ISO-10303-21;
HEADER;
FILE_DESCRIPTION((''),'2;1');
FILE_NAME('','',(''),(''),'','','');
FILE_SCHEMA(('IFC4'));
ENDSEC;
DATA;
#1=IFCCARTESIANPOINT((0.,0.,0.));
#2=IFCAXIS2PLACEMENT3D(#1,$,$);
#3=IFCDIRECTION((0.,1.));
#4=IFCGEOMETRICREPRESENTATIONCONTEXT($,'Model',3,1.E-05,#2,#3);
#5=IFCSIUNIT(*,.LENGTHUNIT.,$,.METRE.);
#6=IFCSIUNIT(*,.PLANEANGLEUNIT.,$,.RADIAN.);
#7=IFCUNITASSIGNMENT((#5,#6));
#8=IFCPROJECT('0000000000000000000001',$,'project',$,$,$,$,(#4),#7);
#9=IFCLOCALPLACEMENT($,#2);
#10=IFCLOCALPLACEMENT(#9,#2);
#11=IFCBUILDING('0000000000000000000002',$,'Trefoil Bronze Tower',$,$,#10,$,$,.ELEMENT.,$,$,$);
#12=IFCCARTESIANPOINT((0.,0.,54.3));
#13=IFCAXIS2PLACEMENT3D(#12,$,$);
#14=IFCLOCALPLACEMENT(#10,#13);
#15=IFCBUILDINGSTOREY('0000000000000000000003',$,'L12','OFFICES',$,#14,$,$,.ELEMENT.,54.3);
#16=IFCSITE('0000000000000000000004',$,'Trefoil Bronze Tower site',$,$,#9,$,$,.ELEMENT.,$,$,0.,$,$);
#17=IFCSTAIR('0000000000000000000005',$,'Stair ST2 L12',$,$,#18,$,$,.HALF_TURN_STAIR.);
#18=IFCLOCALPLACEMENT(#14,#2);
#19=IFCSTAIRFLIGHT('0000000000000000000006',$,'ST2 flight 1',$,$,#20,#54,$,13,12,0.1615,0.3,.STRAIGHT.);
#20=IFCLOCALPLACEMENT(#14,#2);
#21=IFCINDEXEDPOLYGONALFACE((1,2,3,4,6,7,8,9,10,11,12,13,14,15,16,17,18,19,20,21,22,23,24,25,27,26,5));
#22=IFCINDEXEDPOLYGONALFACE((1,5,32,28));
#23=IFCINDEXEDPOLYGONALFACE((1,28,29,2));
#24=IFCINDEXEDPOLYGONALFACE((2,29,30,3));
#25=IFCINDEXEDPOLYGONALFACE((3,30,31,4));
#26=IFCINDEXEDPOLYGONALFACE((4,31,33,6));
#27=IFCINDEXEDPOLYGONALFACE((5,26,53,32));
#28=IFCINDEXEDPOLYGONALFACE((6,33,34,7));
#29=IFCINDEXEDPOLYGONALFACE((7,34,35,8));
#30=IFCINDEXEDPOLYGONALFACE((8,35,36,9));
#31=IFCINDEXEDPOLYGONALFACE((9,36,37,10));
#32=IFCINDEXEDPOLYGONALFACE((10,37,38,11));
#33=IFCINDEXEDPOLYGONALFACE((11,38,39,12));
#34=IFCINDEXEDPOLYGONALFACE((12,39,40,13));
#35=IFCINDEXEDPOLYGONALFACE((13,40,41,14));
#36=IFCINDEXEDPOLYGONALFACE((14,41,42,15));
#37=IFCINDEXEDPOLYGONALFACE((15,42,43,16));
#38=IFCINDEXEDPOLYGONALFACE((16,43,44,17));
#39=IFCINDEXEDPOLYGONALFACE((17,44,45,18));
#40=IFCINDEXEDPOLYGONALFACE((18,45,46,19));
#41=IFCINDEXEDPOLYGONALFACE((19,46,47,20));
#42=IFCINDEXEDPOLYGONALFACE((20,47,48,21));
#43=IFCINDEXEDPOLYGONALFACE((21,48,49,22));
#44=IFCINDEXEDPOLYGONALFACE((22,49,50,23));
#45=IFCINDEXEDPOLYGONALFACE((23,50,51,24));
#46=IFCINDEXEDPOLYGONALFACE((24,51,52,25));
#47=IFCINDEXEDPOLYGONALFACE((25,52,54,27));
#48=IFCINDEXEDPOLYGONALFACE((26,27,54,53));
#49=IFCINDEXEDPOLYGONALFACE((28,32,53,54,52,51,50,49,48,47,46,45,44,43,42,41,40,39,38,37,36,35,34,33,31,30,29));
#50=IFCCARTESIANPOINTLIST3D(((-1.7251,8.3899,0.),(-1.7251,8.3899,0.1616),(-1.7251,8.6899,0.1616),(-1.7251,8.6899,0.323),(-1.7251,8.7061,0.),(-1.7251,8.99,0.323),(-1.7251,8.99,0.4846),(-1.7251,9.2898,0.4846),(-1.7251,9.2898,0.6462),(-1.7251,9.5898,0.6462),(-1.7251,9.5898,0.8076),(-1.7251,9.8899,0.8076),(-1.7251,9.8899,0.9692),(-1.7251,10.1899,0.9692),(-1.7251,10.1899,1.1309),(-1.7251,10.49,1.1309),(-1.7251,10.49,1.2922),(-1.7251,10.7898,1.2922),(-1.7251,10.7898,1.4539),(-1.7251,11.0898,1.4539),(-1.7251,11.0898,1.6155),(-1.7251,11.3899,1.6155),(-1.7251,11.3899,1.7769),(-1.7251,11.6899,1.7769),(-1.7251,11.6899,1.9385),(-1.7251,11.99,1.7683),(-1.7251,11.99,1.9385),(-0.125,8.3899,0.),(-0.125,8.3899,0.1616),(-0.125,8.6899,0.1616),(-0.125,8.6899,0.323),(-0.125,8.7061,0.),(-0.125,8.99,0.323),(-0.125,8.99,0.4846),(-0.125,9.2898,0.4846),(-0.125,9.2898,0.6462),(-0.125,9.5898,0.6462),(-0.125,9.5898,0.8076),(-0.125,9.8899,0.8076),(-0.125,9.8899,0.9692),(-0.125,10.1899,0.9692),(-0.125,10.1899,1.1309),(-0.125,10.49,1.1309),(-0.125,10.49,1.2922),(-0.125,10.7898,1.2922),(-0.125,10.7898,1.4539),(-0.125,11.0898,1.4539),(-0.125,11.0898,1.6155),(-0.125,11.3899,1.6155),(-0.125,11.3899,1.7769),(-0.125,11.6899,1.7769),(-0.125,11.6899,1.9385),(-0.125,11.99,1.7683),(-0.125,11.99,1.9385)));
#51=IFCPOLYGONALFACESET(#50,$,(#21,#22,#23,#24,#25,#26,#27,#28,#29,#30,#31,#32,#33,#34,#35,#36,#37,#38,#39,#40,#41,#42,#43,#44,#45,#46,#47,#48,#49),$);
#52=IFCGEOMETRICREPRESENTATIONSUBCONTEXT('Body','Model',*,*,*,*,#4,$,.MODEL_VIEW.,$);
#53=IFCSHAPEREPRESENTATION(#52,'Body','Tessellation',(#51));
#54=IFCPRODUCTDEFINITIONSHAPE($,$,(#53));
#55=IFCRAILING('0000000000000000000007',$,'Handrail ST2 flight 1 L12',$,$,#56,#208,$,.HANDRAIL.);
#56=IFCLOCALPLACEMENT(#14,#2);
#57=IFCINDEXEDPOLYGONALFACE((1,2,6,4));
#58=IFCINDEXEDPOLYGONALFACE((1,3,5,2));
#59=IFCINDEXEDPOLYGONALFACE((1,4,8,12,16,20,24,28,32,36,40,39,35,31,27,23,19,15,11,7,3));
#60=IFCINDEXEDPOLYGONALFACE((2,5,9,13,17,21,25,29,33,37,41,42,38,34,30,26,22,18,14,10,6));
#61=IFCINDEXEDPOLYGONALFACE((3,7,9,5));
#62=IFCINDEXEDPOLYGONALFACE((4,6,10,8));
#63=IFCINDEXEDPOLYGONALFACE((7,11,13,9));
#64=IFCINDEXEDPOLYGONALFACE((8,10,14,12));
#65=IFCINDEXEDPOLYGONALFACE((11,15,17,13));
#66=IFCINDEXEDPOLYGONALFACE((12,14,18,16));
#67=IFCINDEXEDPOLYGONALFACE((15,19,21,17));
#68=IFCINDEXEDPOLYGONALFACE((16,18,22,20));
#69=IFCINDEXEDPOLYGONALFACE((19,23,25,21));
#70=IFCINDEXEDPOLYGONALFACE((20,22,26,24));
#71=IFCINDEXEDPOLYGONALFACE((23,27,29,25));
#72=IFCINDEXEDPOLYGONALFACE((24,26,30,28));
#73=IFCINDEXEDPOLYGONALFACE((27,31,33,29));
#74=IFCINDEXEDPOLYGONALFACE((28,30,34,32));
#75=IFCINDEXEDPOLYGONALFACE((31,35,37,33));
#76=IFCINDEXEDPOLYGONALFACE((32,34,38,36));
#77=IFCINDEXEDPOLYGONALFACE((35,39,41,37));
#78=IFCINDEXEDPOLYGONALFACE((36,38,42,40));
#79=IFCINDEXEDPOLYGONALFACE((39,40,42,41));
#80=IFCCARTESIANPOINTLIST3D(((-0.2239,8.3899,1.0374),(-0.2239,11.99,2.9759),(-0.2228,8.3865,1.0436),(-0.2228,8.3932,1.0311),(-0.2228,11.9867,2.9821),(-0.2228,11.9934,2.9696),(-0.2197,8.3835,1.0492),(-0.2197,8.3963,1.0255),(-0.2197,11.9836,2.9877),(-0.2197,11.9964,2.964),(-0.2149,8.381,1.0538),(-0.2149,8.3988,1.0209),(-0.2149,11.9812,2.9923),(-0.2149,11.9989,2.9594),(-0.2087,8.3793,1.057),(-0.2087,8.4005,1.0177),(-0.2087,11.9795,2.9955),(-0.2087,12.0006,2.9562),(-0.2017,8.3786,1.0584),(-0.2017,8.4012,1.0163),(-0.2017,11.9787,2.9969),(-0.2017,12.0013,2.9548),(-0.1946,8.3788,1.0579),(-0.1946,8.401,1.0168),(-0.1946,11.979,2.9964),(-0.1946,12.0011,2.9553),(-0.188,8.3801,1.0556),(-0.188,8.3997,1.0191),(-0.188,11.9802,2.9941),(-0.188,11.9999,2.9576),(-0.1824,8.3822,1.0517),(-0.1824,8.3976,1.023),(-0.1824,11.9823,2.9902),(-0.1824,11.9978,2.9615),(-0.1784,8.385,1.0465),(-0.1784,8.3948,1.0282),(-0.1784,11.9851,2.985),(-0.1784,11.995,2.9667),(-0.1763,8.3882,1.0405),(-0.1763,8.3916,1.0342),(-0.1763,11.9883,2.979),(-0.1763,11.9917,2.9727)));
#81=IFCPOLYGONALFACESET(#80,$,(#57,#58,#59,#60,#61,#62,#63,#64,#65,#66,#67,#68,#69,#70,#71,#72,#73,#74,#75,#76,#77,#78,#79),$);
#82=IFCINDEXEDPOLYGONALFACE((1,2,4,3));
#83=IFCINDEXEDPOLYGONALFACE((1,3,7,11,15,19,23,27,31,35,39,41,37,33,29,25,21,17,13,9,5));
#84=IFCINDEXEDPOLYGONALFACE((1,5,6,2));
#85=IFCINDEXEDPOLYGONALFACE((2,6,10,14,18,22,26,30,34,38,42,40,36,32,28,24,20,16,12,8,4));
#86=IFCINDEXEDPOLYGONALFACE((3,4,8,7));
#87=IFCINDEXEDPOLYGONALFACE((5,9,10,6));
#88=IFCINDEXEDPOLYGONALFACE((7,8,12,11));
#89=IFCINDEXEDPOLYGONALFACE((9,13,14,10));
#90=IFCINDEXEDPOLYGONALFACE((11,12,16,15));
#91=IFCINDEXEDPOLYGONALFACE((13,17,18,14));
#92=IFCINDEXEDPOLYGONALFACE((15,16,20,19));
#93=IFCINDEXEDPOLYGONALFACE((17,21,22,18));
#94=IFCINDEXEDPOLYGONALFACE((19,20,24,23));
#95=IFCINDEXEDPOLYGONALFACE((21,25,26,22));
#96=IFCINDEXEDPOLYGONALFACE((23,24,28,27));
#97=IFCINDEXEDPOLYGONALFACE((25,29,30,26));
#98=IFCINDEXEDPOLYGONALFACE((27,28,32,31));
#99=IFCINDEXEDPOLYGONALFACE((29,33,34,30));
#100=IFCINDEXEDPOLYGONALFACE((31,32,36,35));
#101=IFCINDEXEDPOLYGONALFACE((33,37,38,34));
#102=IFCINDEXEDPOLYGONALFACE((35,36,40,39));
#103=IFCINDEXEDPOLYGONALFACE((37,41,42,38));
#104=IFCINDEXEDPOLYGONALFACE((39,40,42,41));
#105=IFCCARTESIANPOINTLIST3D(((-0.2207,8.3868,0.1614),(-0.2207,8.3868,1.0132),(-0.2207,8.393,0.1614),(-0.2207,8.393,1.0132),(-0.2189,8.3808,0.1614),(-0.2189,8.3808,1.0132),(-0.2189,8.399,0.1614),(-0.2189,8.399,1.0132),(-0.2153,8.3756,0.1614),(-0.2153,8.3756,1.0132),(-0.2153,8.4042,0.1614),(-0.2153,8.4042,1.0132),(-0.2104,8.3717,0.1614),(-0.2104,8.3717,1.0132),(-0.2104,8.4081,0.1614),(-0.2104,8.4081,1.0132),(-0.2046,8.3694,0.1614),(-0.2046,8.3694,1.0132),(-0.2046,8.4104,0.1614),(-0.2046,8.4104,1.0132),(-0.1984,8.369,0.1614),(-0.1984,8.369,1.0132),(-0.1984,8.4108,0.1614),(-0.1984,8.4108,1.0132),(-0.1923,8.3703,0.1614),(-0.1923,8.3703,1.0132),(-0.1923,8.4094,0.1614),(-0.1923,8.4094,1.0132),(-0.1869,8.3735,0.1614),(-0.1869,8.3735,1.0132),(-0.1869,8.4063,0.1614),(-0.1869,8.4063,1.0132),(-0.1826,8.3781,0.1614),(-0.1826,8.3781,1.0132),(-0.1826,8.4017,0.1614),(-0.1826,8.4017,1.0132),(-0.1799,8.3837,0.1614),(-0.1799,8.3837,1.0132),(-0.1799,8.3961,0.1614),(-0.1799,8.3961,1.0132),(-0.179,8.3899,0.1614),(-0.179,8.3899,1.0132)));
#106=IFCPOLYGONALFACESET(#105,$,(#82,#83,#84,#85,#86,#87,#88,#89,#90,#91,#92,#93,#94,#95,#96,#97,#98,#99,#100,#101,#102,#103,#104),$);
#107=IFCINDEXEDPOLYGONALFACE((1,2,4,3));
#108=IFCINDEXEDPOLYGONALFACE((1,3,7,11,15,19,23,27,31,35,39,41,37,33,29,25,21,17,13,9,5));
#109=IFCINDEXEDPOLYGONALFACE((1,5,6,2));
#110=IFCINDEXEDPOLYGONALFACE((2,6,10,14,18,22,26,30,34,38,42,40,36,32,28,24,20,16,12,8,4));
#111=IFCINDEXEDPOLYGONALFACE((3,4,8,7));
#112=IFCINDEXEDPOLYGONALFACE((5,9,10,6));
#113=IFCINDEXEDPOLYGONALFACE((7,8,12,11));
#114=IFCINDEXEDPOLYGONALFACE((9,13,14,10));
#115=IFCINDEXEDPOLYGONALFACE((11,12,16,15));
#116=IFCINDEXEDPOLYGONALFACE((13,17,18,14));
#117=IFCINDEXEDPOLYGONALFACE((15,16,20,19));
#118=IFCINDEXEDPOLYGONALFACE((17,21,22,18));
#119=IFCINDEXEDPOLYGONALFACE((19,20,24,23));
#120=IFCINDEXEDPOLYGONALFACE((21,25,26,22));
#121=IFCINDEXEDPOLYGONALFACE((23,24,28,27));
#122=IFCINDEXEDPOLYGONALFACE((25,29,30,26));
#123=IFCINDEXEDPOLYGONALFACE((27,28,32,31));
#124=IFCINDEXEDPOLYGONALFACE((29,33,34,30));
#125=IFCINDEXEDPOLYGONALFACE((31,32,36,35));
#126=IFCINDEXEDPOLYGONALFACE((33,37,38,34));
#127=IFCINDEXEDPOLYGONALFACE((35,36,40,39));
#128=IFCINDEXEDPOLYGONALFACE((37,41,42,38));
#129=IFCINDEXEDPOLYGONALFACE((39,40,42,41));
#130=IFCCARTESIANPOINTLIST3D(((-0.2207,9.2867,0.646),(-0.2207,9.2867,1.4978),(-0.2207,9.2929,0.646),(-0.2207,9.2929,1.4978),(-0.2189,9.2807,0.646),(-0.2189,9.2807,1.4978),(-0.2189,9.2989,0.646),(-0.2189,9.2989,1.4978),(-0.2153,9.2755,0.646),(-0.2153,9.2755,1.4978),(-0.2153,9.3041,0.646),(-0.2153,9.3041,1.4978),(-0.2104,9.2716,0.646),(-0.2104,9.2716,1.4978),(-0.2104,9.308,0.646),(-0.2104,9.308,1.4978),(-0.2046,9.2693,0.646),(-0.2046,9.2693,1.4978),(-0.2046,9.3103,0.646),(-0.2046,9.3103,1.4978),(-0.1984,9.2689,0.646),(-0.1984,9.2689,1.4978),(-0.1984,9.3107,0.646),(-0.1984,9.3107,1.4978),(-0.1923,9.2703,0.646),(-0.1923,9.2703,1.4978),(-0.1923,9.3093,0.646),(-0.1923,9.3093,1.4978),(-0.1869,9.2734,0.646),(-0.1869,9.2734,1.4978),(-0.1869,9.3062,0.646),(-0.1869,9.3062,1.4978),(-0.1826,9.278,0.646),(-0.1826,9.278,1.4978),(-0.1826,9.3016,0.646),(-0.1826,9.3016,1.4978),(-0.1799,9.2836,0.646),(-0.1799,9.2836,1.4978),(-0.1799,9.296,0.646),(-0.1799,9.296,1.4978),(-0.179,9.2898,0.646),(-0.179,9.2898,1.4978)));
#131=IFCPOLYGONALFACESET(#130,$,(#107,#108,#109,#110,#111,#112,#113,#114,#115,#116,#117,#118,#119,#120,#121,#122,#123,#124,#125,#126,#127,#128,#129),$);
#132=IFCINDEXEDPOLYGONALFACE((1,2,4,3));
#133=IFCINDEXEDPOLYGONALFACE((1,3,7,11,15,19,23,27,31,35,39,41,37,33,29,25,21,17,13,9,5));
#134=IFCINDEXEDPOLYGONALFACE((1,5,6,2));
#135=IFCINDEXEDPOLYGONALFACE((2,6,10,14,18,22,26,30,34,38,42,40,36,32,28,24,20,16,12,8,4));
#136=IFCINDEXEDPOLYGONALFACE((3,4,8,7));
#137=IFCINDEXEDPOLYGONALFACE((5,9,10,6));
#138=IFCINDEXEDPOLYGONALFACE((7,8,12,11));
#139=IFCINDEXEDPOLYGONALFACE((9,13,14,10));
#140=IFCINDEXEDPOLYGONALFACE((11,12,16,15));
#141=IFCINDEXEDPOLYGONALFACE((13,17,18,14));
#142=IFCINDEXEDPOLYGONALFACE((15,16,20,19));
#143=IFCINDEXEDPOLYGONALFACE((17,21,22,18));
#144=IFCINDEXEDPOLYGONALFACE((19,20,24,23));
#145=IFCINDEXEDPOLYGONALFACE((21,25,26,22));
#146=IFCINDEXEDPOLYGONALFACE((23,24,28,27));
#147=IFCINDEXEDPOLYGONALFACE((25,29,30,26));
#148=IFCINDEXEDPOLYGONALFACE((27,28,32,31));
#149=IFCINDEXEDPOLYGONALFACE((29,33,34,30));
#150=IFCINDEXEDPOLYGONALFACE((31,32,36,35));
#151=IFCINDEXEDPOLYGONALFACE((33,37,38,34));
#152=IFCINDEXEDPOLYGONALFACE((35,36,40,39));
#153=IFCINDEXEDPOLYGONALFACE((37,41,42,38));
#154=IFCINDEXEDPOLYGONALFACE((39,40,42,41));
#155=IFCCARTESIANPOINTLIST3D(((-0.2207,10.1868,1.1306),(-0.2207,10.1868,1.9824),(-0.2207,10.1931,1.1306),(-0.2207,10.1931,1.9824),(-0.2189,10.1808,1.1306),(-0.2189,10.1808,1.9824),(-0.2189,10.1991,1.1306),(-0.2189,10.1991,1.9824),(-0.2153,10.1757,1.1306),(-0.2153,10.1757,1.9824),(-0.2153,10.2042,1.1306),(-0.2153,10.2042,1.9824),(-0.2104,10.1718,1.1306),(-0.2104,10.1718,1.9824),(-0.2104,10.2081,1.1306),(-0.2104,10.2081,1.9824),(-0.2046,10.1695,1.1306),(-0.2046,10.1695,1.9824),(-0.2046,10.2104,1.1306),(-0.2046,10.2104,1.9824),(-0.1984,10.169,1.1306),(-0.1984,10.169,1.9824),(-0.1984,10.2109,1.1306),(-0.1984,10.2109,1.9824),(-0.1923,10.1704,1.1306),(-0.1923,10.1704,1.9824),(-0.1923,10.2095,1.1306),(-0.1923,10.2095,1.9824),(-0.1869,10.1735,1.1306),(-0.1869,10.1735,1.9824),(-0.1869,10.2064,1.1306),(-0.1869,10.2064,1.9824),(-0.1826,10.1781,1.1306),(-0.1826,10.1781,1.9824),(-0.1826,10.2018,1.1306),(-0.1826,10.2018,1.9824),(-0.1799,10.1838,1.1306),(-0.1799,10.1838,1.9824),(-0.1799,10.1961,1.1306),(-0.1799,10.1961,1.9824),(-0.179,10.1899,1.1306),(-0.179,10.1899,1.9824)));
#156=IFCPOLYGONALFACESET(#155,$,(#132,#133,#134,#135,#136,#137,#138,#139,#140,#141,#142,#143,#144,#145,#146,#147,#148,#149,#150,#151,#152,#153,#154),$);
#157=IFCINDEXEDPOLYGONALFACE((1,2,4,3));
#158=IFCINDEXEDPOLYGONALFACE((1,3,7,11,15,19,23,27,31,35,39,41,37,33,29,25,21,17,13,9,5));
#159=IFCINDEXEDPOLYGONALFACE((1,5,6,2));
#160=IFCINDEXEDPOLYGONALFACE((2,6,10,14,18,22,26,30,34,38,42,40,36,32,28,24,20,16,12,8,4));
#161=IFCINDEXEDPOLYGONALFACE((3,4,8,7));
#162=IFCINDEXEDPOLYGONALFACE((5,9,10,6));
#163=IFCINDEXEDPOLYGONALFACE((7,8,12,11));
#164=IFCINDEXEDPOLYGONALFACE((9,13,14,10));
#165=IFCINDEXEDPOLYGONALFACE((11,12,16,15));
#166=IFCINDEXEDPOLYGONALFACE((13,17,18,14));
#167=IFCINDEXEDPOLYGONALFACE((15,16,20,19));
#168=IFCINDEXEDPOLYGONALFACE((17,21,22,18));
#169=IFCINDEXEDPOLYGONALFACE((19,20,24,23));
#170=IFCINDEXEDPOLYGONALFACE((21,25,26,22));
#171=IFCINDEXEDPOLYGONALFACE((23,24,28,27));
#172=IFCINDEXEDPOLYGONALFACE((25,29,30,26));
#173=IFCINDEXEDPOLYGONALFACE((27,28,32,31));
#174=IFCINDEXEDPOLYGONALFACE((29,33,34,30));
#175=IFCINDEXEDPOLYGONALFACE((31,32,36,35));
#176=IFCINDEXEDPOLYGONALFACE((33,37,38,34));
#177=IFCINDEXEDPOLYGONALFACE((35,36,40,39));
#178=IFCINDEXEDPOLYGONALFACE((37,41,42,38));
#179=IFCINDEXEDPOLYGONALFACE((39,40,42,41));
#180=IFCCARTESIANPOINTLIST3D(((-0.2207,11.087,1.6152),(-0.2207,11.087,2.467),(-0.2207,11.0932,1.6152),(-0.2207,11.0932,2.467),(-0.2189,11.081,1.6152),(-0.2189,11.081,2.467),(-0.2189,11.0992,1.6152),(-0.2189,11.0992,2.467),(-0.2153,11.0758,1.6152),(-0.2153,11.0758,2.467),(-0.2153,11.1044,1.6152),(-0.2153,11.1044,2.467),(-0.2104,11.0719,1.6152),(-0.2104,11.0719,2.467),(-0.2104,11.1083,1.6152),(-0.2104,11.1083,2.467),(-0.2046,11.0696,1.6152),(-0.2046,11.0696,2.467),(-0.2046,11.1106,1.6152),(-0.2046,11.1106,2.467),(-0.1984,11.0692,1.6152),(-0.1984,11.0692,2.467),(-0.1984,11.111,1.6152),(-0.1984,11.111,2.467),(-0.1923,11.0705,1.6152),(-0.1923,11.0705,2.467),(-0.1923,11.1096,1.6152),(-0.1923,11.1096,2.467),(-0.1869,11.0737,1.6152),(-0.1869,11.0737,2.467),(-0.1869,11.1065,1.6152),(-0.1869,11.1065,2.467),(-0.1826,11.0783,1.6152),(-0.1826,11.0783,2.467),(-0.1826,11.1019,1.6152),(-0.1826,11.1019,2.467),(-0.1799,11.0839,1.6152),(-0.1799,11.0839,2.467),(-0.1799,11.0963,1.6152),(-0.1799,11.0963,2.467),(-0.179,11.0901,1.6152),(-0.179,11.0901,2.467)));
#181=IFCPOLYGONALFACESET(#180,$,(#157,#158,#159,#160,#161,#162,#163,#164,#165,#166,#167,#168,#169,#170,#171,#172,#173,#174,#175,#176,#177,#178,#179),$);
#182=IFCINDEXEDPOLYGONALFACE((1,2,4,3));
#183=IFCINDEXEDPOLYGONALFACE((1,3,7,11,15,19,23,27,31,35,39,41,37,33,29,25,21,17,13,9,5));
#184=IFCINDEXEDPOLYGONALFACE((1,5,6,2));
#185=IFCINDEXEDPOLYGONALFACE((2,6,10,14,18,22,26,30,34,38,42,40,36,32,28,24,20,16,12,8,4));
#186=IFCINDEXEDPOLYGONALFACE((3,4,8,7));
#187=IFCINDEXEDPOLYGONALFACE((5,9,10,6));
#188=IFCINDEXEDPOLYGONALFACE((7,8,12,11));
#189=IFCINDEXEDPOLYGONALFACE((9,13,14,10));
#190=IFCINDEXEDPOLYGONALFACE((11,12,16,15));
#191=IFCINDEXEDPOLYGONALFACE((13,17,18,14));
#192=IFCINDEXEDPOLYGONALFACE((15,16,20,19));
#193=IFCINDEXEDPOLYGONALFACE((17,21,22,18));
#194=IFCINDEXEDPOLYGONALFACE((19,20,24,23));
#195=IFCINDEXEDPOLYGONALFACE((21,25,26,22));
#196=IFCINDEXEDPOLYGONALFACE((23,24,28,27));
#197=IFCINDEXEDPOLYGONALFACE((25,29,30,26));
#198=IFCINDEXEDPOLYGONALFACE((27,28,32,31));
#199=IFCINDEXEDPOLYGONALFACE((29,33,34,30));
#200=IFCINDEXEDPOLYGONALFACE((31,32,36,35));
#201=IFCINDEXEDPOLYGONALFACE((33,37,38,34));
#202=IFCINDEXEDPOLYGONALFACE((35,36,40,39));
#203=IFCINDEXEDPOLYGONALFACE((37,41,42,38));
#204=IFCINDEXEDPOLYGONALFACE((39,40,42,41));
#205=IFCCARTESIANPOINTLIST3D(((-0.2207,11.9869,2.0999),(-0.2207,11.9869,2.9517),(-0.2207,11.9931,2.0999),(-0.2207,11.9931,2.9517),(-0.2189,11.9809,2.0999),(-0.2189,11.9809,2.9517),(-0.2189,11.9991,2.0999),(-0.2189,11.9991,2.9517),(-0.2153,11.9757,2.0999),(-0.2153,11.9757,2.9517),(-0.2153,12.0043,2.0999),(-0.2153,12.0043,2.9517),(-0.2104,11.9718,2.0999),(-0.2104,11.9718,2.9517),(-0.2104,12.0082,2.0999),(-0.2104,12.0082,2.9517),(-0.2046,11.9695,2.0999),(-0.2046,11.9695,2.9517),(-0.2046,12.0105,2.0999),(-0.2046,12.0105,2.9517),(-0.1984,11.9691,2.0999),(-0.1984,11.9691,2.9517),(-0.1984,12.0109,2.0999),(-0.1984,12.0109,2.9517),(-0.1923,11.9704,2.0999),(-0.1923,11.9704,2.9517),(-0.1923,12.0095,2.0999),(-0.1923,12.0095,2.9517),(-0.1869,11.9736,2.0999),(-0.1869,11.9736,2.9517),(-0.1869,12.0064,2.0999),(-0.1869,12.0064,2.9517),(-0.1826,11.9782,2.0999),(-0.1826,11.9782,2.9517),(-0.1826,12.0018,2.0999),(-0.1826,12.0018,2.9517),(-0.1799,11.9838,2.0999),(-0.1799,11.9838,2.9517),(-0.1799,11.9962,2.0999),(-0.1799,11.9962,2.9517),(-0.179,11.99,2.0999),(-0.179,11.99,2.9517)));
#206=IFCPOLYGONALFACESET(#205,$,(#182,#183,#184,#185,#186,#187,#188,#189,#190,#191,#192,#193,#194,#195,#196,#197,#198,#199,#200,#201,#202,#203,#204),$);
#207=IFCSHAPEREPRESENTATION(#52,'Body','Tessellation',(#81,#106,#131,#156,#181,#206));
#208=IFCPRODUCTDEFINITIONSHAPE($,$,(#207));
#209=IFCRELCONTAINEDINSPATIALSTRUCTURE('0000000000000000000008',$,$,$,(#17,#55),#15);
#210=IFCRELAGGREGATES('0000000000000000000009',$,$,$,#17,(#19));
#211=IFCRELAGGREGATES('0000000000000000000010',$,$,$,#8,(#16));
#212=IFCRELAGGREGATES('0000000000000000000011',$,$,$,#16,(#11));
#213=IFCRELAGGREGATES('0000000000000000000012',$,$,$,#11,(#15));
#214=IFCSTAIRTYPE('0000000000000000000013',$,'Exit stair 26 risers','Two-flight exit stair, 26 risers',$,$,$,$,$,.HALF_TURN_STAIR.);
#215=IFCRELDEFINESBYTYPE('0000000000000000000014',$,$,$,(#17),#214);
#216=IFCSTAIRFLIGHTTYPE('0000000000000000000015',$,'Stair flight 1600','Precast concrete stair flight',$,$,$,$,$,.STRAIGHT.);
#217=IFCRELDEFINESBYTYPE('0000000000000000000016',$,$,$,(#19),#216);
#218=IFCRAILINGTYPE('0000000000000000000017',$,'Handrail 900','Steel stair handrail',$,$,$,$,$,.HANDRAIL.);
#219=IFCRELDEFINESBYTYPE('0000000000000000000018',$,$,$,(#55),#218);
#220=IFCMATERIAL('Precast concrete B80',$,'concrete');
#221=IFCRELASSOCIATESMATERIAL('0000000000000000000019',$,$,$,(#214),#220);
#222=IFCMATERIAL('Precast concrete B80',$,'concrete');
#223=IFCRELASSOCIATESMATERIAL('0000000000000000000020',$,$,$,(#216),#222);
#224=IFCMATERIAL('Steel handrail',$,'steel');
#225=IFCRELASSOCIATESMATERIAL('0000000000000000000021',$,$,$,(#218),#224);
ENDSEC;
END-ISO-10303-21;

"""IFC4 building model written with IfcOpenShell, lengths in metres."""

from ifc_helpers import new_model, si_unit, direction, frame, origin, origin_2d, place, context, subcontext, project, spatial, polyline, circle, outline, extrude, material, type_object, element, aggregate, save


model = new_model("IFC4")

# Units and contexts
model_context = context("Model", 3, precision=1e-05, world=origin(), true_north=direction((0.0, 1.0)))
body_context = subcontext(model_context, "Body", "Model", "MODEL_VIEW")
ifc_project = project(units=[si_unit("LENGTHUNIT", "METRE"), si_unit("PLANEANGLEUNIT", "RADIAN")], contexts=[model_context])

# Site, building, storey
site_placement = place(None, origin())
site = spatial("IfcSite", under=ifc_project, at=site_placement, Name="Trefoil Bronze Tower site", CompositionType="ELEMENT", RefElevation=0.0)
building_placement = place(site_placement, origin())
building = spatial("IfcBuilding", under=site, at=building_placement, Name="Trefoil Bronze Tower", CompositionType="ELEMENT")
storey_placement = place(building_placement, frame((0.0, 0.0, 54.3)))
storey = spatial("IfcBuildingStorey", under=building, at=storey_placement, Name="L12", Description="OFFICES", CompositionType="ELEMENT", Elevation=54.3)

# Shared definitions
ifc_material_1 = material(Name="Precast concrete B80", Category="concrete")
stair_type = type_object("IfcStairType", Name="Exit stair 26 risers", Description="Two-flight exit stair, 26 risers", PredefinedType="HALF_TURN_STAIR", material=ifc_material_1)

# Stair, stair flight
stair_1_placement = place(storey_placement, origin())
stair_1 = element("IfcStair", 1, at=stair_1_placement, inside=storey, type_object=stair_type, Name="Stair ST2 L12", PredefinedType="HALF_TURN_STAIR")
ifc_material_2 = material(Name="Precast concrete B80", Category="concrete")
stair_flight_type = type_object("IfcStairFlightType", Name="Stair flight 1600", Description="Precast concrete stair flight", PredefinedType="STRAIGHT", material=ifc_material_2)
stair_flight_placement = place(storey_placement, frame((-0.925, 8.3899, 0.0), z_axis=(0.0, 0.0, 1.0), x_axis=(0.0, 1.0, 0.0)))
stair_flight = element("IfcStairFlight", 2, at=stair_flight_placement, type_object=stair_flight_type, Name="ST2 flight 1", NumberOfRisers=13, NumberOfTreads=12, PredefinedType="STRAIGHT", RiserHeight=0.1615, TreadLength=0.3, context=body_context, shape_type="SweptSolid", body=[
    extrude(outline(polyline([(0.0, 0.0), (0.0, 0.1616), (0.3, 0.1616), (0.3, 0.323), (0.6001, 0.323), (0.6001, 0.4846), (0.8999, 0.4846), (0.8999, 0.6462), (1.2, 0.6462), (1.2, 0.8076), (1.5, 0.8076), (1.5, 0.9692), (1.8, 0.9692), (1.8, 1.1309), (2.1001, 1.1309), (2.1001, 1.2922), (2.3999, 1.2922), (2.3999, 1.4539), (2.7, 1.4539), (2.7, 1.6155), (3.0, 1.6155), (3.0, 1.7769), (3.3, 1.7769), (3.3, 1.9385), (3.6001, 1.9385), (3.6001, 2.1001), (3.6001, 1.7683), (0.3162, 0.0), (0.0, 0.0)])), frame((0.0, 0.8, 0.0), z_axis=(0.0, -1.0, 0.0), x_axis=(1.0, 0.0, 0.0)), (0.0, 0.0, 1.0), 1.6001),
])
aggregate(stair_1, [stair_flight])

# Railing
ifc_material_3 = material(Name="Steel handrail", Category="steel")
railing_type = type_object("IfcRailingType", Name="Handrail 900", Description="Steel stair handrail", PredefinedType="HANDRAIL", material=ifc_material_3)
railing_placement = place(storey_placement, frame((-0.2, 8.3899, 0.1614)))
element("IfcRailing", 3, at=railing_placement, inside=storey, type_object=railing_type, Name="Handrail ST2 flight 1 L12", PredefinedType="HANDRAIL", context=body_context, shape_type="SweptSolid", body=[
    extrude(circle(Radius=0.0239, at=origin_2d()), frame((0.0, 0.0, 0.876), z_axis=(0.0, 0.880475, 0.474093), x_axis=(-1.0, 0.0, 0.0)), (0.0, 0.0, 1.0), 4.0889),
    extrude(circle(Radius=0.021, at=origin_2d()), origin(), (0.0, 0.0, 1.0), 0.8518),
    extrude(circle(Radius=0.021, at=origin_2d()), frame((0.0, 0.8999, 0.4846)), (0.0, 0.0, 1.0), 0.8518),
    extrude(circle(Radius=0.021, at=origin_2d()), frame((0.0, 1.8, 0.9692)), (0.0, 0.0, 1.0), 0.8518),
    extrude(circle(Radius=0.021, at=origin_2d()), frame((0.0, 2.7002, 1.4539)), (0.0, 0.0, 1.0), 0.8518),
    extrude(circle(Radius=0.021, at=origin_2d()), frame((0.0, 3.6001, 1.9385)), (0.0, 0.0, 1.0), 0.8518),
])

save(model, "model.ifc")
